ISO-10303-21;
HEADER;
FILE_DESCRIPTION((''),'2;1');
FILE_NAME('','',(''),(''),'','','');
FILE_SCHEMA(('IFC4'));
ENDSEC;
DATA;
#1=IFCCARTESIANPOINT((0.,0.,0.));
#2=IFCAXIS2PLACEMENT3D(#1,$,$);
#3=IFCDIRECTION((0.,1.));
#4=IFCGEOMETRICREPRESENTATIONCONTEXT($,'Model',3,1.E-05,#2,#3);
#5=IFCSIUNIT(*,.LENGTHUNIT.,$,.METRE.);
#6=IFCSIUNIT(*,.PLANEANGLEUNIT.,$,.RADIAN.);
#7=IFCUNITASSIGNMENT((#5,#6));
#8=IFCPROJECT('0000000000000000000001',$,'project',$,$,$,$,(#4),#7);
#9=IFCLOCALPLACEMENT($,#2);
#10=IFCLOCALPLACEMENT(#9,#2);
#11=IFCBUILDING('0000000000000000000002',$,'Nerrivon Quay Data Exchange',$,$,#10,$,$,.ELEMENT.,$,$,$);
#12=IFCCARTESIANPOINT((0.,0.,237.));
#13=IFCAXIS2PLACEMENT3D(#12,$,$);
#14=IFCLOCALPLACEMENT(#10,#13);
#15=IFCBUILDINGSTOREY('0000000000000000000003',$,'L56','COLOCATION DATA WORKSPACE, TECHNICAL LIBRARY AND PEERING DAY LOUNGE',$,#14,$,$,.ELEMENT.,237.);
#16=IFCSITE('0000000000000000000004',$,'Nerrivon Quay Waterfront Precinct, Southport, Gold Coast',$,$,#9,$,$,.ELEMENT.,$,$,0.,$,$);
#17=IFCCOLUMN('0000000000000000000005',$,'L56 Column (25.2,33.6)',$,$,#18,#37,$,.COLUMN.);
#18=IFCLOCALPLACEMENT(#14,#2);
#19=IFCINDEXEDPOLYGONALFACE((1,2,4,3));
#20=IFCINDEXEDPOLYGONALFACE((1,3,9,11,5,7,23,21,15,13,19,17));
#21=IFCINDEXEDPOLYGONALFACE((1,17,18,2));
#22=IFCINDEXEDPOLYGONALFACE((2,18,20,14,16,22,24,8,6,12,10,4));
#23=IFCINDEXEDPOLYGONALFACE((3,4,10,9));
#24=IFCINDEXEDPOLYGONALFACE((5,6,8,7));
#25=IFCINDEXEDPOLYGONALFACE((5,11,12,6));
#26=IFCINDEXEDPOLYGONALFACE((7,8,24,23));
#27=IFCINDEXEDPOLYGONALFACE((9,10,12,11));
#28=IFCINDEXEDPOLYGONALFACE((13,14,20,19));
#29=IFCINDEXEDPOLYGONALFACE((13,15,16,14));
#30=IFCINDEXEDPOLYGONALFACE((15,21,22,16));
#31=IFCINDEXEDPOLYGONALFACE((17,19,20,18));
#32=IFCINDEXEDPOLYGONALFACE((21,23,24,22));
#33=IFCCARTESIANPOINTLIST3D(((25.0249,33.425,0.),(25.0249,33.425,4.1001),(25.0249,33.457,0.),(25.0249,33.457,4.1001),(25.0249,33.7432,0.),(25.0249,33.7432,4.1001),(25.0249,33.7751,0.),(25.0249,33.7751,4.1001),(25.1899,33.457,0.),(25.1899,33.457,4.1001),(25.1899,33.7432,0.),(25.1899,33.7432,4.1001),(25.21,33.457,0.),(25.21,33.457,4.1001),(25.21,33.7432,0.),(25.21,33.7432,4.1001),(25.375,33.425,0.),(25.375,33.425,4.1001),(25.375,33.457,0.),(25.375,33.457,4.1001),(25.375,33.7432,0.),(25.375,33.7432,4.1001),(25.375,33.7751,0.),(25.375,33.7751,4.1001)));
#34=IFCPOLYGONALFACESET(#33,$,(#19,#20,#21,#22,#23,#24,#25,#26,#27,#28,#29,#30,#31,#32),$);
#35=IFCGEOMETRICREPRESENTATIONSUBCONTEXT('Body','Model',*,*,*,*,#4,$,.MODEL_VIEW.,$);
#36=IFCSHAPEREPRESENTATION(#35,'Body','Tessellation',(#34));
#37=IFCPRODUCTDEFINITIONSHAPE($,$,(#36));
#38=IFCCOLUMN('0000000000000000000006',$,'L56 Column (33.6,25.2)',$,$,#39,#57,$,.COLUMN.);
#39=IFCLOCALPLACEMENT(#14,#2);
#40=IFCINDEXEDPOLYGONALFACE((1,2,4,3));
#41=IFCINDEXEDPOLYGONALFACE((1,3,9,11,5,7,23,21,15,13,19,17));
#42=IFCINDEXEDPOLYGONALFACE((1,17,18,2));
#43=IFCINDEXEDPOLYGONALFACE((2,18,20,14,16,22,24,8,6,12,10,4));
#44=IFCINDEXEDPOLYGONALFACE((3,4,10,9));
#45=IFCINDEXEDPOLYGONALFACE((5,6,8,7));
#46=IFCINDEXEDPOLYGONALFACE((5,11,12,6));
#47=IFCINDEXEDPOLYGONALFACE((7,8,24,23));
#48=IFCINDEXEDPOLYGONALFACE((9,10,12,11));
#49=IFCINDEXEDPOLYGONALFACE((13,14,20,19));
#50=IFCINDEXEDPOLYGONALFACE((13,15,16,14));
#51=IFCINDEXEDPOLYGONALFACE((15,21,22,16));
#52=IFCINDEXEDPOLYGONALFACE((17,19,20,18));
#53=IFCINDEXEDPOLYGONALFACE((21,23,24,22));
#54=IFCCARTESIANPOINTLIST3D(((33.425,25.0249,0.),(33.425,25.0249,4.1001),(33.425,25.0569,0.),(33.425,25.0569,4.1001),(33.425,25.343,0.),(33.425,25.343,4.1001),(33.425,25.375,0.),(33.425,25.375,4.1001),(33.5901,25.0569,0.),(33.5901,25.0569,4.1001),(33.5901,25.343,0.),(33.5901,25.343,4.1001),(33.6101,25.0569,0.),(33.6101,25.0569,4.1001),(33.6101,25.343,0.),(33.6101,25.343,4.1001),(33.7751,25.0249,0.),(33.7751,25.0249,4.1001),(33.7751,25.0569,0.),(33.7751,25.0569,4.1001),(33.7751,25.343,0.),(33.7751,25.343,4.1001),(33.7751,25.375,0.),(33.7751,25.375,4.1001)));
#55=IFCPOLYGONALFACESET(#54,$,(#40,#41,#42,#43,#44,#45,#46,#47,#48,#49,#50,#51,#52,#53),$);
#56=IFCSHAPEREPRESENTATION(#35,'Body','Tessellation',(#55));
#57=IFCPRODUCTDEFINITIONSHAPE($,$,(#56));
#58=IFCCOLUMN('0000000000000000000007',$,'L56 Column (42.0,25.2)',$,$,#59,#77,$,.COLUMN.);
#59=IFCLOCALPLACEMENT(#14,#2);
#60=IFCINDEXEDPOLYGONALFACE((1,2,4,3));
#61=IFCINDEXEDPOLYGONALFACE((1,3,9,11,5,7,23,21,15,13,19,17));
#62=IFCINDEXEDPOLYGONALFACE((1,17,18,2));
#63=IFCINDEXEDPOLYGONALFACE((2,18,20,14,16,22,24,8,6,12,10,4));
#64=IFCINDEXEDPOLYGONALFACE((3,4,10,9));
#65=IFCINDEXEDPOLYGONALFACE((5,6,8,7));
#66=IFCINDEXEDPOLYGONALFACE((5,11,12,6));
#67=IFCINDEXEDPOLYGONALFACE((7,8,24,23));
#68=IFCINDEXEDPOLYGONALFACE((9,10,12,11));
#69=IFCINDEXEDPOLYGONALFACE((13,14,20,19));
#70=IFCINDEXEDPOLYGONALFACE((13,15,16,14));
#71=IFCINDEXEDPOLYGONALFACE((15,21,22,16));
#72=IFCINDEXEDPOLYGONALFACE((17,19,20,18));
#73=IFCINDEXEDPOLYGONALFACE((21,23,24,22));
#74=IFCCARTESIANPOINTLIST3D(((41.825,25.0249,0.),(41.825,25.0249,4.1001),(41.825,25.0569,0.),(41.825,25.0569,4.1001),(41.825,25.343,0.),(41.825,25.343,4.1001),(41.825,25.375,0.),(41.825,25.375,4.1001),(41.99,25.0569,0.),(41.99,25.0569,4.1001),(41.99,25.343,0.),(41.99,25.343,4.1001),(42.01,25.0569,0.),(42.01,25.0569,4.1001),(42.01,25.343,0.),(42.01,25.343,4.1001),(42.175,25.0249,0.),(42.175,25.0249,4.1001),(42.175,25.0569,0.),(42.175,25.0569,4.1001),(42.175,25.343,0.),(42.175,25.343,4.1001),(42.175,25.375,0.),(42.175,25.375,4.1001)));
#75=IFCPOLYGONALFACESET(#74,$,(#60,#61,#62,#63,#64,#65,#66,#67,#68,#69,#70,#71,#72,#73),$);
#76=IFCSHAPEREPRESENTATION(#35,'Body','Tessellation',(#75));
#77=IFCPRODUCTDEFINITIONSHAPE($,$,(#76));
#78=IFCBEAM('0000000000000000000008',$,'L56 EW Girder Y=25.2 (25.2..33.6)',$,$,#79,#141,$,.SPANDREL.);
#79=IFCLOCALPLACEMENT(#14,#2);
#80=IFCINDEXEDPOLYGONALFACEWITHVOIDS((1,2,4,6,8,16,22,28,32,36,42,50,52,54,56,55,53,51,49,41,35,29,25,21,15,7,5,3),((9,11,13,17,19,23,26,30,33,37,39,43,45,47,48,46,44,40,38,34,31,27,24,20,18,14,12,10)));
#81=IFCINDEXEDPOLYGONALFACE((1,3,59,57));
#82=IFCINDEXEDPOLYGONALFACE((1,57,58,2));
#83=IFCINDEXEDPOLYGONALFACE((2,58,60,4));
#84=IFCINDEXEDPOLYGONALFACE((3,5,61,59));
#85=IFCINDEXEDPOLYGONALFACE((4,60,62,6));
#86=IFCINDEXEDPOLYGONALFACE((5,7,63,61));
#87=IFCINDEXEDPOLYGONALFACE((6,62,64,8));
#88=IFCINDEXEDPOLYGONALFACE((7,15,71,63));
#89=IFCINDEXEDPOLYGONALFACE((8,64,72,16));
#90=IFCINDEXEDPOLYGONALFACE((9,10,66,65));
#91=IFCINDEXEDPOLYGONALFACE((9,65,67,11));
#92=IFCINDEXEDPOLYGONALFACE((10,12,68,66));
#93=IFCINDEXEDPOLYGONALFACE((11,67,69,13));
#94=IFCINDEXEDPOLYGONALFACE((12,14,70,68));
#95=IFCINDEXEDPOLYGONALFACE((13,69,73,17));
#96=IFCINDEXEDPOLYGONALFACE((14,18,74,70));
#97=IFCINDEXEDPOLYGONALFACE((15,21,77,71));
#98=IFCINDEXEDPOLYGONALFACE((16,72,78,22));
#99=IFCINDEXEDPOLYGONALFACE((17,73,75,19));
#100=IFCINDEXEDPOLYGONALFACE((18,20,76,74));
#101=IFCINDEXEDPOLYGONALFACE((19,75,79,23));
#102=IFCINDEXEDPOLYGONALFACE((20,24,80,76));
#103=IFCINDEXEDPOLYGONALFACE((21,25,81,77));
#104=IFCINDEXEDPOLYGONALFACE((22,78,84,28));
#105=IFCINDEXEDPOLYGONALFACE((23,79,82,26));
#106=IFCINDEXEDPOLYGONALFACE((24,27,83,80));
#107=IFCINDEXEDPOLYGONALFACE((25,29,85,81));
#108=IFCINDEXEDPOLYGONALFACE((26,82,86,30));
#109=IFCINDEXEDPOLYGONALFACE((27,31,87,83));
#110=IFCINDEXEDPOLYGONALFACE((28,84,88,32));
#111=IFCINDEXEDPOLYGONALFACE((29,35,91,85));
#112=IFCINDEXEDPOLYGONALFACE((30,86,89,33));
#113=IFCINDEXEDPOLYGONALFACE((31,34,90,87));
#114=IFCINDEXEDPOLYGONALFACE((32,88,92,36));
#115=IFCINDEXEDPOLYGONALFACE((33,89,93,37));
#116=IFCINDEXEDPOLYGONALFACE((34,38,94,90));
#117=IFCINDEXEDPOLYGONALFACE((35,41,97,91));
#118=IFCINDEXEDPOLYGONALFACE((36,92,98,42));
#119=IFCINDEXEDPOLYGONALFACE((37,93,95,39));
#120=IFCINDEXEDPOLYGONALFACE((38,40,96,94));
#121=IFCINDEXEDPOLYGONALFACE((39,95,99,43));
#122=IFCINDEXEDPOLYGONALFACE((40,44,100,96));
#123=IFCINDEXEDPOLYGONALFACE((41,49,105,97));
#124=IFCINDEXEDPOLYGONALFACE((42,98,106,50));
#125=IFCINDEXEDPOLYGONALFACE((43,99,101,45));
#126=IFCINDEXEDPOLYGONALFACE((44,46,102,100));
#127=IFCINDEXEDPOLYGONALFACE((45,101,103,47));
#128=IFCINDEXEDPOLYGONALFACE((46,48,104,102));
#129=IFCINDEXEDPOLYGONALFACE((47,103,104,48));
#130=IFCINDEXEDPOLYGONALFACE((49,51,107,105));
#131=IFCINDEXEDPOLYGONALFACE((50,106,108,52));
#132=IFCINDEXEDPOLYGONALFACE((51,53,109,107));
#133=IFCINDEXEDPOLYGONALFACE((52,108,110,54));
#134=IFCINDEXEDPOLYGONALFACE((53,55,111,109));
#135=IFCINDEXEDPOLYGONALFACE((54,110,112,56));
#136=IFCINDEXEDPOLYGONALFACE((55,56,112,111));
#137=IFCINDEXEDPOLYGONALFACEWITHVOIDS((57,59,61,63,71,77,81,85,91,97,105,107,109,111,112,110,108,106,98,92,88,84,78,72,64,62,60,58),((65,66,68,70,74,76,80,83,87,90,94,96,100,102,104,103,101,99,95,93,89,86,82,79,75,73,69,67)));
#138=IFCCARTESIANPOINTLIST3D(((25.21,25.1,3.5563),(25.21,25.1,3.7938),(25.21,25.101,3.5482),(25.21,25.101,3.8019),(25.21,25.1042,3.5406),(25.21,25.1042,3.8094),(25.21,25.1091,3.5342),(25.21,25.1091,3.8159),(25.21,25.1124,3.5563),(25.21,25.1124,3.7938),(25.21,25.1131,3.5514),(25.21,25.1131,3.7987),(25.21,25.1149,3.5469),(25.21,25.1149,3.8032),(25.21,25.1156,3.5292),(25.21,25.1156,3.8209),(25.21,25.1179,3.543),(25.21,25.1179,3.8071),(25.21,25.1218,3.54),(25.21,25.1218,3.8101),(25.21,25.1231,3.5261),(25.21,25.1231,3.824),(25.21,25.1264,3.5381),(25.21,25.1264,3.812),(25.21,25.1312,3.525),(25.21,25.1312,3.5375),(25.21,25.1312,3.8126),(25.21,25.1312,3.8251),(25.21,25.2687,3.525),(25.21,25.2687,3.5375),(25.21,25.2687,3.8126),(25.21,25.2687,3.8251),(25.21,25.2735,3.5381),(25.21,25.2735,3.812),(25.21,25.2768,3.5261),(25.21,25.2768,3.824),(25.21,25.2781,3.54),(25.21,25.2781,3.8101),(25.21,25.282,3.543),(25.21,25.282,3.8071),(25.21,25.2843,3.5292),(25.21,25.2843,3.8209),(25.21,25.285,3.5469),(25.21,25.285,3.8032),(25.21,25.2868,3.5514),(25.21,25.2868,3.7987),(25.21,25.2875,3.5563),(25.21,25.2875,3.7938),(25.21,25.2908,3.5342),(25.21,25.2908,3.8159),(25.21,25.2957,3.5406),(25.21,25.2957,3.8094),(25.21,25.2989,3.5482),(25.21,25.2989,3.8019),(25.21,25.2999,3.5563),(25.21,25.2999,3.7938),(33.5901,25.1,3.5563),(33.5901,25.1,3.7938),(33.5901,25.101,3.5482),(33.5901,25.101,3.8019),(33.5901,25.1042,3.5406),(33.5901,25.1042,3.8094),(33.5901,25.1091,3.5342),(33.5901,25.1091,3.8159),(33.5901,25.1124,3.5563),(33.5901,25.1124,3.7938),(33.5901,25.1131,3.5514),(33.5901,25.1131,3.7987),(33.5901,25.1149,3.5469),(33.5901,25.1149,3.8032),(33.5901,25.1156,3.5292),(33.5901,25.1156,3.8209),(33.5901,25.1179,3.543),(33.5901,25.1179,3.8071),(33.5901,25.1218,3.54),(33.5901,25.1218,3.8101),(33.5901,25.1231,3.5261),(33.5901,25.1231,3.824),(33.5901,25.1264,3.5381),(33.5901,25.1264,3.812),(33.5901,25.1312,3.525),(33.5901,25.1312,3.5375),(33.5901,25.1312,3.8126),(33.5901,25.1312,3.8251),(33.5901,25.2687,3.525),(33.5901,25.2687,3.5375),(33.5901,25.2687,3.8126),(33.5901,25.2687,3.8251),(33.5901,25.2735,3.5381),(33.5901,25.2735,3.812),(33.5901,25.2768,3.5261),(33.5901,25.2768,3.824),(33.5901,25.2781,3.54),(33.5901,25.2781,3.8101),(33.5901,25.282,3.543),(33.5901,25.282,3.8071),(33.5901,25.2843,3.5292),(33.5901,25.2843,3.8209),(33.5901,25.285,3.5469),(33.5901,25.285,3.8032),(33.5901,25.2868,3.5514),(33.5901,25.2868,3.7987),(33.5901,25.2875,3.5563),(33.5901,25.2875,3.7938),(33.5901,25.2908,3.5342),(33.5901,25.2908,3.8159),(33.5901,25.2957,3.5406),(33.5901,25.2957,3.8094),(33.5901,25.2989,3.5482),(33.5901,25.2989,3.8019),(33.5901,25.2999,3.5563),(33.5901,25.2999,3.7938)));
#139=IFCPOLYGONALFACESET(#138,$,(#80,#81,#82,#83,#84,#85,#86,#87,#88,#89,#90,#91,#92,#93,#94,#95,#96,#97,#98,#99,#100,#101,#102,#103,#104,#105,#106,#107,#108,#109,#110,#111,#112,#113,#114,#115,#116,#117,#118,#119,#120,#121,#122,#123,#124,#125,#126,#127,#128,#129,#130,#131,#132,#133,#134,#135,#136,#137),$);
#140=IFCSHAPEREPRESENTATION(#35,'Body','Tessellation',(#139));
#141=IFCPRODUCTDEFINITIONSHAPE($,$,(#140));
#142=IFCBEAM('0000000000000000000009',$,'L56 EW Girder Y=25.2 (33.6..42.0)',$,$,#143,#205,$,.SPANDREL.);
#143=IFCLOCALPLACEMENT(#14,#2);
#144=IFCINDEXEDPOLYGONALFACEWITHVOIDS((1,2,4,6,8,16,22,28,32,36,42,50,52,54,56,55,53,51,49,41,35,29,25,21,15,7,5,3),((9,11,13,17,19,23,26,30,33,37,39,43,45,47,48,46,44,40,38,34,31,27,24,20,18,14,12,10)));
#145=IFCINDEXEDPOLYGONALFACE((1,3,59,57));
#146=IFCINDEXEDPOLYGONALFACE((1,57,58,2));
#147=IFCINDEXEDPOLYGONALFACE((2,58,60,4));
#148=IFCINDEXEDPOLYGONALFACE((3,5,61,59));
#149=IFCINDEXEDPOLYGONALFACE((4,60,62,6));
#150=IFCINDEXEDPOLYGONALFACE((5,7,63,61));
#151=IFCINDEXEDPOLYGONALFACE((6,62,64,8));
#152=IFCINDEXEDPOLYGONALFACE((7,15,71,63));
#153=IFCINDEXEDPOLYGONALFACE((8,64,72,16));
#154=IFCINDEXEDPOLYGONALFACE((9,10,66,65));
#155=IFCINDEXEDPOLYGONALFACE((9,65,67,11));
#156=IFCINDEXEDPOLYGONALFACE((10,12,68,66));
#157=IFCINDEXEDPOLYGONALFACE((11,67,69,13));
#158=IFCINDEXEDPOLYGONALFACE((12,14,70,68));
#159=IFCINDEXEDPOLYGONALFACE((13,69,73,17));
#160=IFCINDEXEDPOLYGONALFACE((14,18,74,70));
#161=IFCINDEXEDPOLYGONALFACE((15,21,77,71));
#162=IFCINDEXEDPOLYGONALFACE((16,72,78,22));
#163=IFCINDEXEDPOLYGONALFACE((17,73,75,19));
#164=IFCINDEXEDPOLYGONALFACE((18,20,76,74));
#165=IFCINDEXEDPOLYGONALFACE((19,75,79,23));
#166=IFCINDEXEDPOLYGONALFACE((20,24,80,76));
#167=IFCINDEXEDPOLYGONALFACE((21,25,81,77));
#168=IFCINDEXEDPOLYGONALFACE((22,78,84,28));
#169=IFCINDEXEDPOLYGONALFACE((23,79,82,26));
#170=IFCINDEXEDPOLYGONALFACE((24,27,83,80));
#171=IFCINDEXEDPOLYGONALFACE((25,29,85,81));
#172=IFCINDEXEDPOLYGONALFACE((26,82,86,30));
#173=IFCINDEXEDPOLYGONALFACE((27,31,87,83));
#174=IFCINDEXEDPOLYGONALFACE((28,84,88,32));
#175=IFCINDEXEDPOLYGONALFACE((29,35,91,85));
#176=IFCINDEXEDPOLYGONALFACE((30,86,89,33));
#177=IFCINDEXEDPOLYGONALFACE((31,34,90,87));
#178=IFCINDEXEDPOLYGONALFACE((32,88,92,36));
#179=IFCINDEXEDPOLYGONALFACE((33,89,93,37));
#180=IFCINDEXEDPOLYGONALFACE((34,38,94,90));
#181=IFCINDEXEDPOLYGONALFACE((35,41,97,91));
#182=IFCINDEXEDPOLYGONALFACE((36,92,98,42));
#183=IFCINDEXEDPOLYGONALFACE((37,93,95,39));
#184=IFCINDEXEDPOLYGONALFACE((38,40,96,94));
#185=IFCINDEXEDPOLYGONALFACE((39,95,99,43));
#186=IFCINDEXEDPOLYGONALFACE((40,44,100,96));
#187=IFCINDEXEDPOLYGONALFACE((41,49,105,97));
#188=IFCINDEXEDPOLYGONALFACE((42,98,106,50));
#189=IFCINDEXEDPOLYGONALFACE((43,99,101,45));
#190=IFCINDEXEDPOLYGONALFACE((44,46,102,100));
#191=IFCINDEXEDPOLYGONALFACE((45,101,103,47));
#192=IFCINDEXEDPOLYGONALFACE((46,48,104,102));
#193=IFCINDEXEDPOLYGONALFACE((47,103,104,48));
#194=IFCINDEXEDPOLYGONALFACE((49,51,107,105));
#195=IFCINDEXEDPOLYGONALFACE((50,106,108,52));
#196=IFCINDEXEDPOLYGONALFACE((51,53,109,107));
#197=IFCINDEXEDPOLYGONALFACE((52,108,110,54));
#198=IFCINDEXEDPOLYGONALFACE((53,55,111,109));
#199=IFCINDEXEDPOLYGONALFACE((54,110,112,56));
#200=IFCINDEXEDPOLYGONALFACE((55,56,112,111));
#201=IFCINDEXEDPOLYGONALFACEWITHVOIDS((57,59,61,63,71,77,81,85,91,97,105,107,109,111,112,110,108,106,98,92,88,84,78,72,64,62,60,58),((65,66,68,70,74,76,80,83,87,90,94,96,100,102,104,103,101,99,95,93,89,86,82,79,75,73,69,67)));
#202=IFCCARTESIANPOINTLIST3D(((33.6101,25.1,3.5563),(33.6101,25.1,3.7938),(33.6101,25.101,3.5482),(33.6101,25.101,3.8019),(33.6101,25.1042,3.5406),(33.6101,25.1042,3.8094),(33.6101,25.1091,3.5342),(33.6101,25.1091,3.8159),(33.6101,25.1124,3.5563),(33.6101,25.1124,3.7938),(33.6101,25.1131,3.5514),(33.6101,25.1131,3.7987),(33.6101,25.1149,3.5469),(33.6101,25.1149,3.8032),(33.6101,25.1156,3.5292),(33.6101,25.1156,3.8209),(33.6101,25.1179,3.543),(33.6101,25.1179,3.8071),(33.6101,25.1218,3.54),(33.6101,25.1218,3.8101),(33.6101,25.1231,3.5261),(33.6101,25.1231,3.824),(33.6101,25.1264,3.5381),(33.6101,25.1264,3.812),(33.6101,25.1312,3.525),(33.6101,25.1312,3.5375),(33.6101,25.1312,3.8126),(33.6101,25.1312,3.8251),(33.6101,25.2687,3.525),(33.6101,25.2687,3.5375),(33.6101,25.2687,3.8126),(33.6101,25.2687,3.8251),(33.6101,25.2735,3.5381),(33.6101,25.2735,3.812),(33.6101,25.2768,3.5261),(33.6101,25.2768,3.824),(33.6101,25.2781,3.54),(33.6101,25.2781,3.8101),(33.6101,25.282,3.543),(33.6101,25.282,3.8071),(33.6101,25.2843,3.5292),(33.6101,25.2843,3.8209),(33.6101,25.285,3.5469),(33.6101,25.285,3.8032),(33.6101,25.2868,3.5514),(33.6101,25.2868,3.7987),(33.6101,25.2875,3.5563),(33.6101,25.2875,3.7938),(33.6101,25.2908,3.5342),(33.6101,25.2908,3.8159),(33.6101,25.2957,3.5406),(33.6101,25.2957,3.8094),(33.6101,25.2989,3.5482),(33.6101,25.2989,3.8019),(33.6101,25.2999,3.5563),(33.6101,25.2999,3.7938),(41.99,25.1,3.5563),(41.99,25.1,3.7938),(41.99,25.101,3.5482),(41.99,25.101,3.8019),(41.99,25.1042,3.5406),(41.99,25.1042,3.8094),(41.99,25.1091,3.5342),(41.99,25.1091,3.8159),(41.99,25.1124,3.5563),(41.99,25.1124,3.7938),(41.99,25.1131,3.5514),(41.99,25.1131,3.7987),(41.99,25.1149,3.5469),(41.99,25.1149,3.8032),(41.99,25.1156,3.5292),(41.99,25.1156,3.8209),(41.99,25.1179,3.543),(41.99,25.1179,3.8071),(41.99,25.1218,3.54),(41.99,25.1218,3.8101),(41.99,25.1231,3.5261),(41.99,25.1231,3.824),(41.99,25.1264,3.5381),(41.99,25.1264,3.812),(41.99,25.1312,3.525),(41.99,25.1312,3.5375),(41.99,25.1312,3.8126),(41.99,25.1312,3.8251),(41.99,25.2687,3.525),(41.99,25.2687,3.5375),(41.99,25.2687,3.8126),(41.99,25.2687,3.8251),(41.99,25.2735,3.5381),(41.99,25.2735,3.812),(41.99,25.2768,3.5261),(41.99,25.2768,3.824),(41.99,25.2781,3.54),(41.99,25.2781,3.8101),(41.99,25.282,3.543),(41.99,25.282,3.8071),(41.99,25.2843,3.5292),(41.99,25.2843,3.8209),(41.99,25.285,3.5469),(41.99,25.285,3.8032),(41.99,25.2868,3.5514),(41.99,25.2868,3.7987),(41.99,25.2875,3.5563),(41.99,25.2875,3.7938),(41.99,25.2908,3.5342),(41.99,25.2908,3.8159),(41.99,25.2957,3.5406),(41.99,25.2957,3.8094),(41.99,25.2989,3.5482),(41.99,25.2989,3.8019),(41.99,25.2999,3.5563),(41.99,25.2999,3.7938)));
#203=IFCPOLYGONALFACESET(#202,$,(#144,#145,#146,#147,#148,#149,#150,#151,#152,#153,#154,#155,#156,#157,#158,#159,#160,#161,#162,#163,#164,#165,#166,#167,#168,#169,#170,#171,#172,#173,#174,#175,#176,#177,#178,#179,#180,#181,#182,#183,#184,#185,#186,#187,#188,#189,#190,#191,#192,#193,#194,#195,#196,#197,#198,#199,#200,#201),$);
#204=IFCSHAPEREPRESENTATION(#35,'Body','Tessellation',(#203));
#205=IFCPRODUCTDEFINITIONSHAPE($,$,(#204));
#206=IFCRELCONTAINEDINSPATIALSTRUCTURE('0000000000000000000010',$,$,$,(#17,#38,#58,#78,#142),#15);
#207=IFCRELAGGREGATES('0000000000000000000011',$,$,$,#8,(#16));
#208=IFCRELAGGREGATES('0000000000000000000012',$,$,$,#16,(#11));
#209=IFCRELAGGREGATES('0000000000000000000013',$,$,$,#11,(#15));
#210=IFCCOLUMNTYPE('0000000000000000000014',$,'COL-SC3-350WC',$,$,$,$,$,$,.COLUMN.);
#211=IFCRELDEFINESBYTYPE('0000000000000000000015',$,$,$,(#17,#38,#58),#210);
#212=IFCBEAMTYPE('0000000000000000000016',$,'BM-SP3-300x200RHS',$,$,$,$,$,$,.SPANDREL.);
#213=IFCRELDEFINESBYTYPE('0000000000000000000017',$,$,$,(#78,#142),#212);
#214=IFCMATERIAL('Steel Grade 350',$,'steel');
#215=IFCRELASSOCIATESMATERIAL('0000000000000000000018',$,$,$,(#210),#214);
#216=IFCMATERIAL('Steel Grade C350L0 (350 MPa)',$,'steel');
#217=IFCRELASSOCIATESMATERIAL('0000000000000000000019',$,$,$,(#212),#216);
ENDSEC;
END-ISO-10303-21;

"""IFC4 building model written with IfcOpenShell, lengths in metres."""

from ifc_helpers import new_model, si_unit, direction, frame, origin, origin_2d, place, context, subcontext, project, spatial, hollow_rectangle, i_section, extrude, material, material_profile, profile_set, type_object, element, save


model = new_model("IFC4")

# Units and contexts
model_context = context("Model", 3, precision=1e-05, world=origin(), true_north=direction((0.0, 1.0)))
body_context = subcontext(model_context, "Body", "Model", "MODEL_VIEW")
ifc_project = project(units=[si_unit("LENGTHUNIT", "METRE"), si_unit("PLANEANGLEUNIT", "RADIAN")], contexts=[model_context])

# Site, building, storey
site_placement = place(None, origin())
site = spatial("IfcSite", under=ifc_project, at=site_placement, Name="Nerrivon Quay Waterfront Precinct, Southport, Gold Coast", CompositionType="ELEMENT", RefElevation=0.0)
building_placement = place(site_placement, origin())
building = spatial("IfcBuilding", under=site, at=building_placement, Name="Nerrivon Quay Data Exchange", CompositionType="ELEMENT")
storey_placement = place(building_placement, frame((0.0, 0.0, 237.0)))
storey = spatial("IfcBuildingStorey", under=building, at=storey_placement, Name="L56", Description="COLOCATION DATA WORKSPACE, TECHNICAL LIBRARY AND PEERING DAY LOUNGE", CompositionType="ELEMENT", Elevation=237.0)

# Columns
ifc_material_1 = material(Name="Steel Grade 350", Category="steel")
ifc_material_profile_1 = material_profile(ifc_material_1, i_section(OverallWidth=0.3501, OverallDepth=0.3501, WebThickness=0.02, FlangeThickness=0.032, at=origin_2d()), Name="350WC230")
ifc_profile_set_1 = profile_set([ifc_material_profile_1], Name="Steel Grade 350")
column_type = type_object("IfcColumnType", Name="COL-SC3-350WC", PredefinedType="COLUMN", material=ifc_profile_set_1)
for number, where, z_axis, x_axis, name in (
    (1, (25.2, 33.6001, 0.0), (0.0, 0.0, 1.0), (1.0, 0.0, 0.0), "L56 Column (25.2,33.6)"),
    (2, (33.6001, 25.2, 0.0), (0.0, 0.0, 1.0), (1.0, 0.0, 0.0), "L56 Column (33.6,25.2)"),
    (3, (42.0, 25.2, 0.0), (0.0, 0.0, 1.0), (1.0, 0.0, 0.0), "L56 Column (42.0,25.2)"),
):
    element("IfcColumn", number, at=place(storey_placement, frame(where, z_axis=z_axis, x_axis=x_axis)), inside=storey, type_object=column_type, Name=name, PredefinedType="COLUMN", context=body_context, shape_type="SweptSolid", body=[
        extrude(i_section(OverallWidth=0.3501, OverallDepth=0.3501, WebThickness=0.02, FlangeThickness=0.032, at=origin_2d()), origin(), (0.0, 0.0, 1.0), 4.1001),
    ])

# Beams
ifc_material_2 = material(Name="Steel Grade C350L0 (350 MPa)", Category="steel")
ifc_material_profile_2 = material_profile(ifc_material_2, hollow_rectangle(XDim=0.2, YDim=0.3, WallThickness=0.0125, InnerFilletRadius=0.0188, OuterFilletRadius=0.0312, at=origin_2d()), Name="300x200x12.5RHS")
ifc_profile_set_2 = profile_set([ifc_material_profile_2], Name="Steel Grade C350L0 (350 MPa)")
beam_type = type_object("IfcBeamType", Name="BM-SP3-300x200RHS", PredefinedType="SPANDREL", material=ifc_profile_set_2)
beam_1_placement = place(storey_placement, frame((25.21, 25.2, 3.675), z_axis=(1.0, 0.0, 0.0), x_axis=(0.0, 1.0, 0.0)))
element("IfcBeam", 4, at=beam_1_placement, inside=storey, type_object=beam_type, Name="L56 EW Girder Y=25.2 (25.2..33.6)", PredefinedType="SPANDREL", context=body_context, shape_type="SweptSolid", body=[
    extrude(hollow_rectangle(XDim=0.2, YDim=0.3, WallThickness=0.0125, InnerFilletRadius=0.0188, OuterFilletRadius=0.0312, at=origin_2d()), origin(), (0.0, 0.0, 1.0), 8.3801),
])
beam_2_placement = place(storey_placement, frame((33.6101, 25.2, 3.675), z_axis=(1.0, 0.0, 0.0), x_axis=(0.0, 1.0, 0.0)))
element("IfcBeam", 5, at=beam_2_placement, inside=storey, type_object=beam_type, Name="L56 EW Girder Y=25.2 (33.6..42.0)", PredefinedType="SPANDREL", context=body_context, shape_type="SweptSolid", body=[
    extrude(hollow_rectangle(XDim=0.2, YDim=0.3, WallThickness=0.0125, InnerFilletRadius=0.0188, OuterFilletRadius=0.0312, at=origin_2d()), origin(), (0.0, 0.0, 1.0), 8.3799),
])

save(model, "model.ifc")
